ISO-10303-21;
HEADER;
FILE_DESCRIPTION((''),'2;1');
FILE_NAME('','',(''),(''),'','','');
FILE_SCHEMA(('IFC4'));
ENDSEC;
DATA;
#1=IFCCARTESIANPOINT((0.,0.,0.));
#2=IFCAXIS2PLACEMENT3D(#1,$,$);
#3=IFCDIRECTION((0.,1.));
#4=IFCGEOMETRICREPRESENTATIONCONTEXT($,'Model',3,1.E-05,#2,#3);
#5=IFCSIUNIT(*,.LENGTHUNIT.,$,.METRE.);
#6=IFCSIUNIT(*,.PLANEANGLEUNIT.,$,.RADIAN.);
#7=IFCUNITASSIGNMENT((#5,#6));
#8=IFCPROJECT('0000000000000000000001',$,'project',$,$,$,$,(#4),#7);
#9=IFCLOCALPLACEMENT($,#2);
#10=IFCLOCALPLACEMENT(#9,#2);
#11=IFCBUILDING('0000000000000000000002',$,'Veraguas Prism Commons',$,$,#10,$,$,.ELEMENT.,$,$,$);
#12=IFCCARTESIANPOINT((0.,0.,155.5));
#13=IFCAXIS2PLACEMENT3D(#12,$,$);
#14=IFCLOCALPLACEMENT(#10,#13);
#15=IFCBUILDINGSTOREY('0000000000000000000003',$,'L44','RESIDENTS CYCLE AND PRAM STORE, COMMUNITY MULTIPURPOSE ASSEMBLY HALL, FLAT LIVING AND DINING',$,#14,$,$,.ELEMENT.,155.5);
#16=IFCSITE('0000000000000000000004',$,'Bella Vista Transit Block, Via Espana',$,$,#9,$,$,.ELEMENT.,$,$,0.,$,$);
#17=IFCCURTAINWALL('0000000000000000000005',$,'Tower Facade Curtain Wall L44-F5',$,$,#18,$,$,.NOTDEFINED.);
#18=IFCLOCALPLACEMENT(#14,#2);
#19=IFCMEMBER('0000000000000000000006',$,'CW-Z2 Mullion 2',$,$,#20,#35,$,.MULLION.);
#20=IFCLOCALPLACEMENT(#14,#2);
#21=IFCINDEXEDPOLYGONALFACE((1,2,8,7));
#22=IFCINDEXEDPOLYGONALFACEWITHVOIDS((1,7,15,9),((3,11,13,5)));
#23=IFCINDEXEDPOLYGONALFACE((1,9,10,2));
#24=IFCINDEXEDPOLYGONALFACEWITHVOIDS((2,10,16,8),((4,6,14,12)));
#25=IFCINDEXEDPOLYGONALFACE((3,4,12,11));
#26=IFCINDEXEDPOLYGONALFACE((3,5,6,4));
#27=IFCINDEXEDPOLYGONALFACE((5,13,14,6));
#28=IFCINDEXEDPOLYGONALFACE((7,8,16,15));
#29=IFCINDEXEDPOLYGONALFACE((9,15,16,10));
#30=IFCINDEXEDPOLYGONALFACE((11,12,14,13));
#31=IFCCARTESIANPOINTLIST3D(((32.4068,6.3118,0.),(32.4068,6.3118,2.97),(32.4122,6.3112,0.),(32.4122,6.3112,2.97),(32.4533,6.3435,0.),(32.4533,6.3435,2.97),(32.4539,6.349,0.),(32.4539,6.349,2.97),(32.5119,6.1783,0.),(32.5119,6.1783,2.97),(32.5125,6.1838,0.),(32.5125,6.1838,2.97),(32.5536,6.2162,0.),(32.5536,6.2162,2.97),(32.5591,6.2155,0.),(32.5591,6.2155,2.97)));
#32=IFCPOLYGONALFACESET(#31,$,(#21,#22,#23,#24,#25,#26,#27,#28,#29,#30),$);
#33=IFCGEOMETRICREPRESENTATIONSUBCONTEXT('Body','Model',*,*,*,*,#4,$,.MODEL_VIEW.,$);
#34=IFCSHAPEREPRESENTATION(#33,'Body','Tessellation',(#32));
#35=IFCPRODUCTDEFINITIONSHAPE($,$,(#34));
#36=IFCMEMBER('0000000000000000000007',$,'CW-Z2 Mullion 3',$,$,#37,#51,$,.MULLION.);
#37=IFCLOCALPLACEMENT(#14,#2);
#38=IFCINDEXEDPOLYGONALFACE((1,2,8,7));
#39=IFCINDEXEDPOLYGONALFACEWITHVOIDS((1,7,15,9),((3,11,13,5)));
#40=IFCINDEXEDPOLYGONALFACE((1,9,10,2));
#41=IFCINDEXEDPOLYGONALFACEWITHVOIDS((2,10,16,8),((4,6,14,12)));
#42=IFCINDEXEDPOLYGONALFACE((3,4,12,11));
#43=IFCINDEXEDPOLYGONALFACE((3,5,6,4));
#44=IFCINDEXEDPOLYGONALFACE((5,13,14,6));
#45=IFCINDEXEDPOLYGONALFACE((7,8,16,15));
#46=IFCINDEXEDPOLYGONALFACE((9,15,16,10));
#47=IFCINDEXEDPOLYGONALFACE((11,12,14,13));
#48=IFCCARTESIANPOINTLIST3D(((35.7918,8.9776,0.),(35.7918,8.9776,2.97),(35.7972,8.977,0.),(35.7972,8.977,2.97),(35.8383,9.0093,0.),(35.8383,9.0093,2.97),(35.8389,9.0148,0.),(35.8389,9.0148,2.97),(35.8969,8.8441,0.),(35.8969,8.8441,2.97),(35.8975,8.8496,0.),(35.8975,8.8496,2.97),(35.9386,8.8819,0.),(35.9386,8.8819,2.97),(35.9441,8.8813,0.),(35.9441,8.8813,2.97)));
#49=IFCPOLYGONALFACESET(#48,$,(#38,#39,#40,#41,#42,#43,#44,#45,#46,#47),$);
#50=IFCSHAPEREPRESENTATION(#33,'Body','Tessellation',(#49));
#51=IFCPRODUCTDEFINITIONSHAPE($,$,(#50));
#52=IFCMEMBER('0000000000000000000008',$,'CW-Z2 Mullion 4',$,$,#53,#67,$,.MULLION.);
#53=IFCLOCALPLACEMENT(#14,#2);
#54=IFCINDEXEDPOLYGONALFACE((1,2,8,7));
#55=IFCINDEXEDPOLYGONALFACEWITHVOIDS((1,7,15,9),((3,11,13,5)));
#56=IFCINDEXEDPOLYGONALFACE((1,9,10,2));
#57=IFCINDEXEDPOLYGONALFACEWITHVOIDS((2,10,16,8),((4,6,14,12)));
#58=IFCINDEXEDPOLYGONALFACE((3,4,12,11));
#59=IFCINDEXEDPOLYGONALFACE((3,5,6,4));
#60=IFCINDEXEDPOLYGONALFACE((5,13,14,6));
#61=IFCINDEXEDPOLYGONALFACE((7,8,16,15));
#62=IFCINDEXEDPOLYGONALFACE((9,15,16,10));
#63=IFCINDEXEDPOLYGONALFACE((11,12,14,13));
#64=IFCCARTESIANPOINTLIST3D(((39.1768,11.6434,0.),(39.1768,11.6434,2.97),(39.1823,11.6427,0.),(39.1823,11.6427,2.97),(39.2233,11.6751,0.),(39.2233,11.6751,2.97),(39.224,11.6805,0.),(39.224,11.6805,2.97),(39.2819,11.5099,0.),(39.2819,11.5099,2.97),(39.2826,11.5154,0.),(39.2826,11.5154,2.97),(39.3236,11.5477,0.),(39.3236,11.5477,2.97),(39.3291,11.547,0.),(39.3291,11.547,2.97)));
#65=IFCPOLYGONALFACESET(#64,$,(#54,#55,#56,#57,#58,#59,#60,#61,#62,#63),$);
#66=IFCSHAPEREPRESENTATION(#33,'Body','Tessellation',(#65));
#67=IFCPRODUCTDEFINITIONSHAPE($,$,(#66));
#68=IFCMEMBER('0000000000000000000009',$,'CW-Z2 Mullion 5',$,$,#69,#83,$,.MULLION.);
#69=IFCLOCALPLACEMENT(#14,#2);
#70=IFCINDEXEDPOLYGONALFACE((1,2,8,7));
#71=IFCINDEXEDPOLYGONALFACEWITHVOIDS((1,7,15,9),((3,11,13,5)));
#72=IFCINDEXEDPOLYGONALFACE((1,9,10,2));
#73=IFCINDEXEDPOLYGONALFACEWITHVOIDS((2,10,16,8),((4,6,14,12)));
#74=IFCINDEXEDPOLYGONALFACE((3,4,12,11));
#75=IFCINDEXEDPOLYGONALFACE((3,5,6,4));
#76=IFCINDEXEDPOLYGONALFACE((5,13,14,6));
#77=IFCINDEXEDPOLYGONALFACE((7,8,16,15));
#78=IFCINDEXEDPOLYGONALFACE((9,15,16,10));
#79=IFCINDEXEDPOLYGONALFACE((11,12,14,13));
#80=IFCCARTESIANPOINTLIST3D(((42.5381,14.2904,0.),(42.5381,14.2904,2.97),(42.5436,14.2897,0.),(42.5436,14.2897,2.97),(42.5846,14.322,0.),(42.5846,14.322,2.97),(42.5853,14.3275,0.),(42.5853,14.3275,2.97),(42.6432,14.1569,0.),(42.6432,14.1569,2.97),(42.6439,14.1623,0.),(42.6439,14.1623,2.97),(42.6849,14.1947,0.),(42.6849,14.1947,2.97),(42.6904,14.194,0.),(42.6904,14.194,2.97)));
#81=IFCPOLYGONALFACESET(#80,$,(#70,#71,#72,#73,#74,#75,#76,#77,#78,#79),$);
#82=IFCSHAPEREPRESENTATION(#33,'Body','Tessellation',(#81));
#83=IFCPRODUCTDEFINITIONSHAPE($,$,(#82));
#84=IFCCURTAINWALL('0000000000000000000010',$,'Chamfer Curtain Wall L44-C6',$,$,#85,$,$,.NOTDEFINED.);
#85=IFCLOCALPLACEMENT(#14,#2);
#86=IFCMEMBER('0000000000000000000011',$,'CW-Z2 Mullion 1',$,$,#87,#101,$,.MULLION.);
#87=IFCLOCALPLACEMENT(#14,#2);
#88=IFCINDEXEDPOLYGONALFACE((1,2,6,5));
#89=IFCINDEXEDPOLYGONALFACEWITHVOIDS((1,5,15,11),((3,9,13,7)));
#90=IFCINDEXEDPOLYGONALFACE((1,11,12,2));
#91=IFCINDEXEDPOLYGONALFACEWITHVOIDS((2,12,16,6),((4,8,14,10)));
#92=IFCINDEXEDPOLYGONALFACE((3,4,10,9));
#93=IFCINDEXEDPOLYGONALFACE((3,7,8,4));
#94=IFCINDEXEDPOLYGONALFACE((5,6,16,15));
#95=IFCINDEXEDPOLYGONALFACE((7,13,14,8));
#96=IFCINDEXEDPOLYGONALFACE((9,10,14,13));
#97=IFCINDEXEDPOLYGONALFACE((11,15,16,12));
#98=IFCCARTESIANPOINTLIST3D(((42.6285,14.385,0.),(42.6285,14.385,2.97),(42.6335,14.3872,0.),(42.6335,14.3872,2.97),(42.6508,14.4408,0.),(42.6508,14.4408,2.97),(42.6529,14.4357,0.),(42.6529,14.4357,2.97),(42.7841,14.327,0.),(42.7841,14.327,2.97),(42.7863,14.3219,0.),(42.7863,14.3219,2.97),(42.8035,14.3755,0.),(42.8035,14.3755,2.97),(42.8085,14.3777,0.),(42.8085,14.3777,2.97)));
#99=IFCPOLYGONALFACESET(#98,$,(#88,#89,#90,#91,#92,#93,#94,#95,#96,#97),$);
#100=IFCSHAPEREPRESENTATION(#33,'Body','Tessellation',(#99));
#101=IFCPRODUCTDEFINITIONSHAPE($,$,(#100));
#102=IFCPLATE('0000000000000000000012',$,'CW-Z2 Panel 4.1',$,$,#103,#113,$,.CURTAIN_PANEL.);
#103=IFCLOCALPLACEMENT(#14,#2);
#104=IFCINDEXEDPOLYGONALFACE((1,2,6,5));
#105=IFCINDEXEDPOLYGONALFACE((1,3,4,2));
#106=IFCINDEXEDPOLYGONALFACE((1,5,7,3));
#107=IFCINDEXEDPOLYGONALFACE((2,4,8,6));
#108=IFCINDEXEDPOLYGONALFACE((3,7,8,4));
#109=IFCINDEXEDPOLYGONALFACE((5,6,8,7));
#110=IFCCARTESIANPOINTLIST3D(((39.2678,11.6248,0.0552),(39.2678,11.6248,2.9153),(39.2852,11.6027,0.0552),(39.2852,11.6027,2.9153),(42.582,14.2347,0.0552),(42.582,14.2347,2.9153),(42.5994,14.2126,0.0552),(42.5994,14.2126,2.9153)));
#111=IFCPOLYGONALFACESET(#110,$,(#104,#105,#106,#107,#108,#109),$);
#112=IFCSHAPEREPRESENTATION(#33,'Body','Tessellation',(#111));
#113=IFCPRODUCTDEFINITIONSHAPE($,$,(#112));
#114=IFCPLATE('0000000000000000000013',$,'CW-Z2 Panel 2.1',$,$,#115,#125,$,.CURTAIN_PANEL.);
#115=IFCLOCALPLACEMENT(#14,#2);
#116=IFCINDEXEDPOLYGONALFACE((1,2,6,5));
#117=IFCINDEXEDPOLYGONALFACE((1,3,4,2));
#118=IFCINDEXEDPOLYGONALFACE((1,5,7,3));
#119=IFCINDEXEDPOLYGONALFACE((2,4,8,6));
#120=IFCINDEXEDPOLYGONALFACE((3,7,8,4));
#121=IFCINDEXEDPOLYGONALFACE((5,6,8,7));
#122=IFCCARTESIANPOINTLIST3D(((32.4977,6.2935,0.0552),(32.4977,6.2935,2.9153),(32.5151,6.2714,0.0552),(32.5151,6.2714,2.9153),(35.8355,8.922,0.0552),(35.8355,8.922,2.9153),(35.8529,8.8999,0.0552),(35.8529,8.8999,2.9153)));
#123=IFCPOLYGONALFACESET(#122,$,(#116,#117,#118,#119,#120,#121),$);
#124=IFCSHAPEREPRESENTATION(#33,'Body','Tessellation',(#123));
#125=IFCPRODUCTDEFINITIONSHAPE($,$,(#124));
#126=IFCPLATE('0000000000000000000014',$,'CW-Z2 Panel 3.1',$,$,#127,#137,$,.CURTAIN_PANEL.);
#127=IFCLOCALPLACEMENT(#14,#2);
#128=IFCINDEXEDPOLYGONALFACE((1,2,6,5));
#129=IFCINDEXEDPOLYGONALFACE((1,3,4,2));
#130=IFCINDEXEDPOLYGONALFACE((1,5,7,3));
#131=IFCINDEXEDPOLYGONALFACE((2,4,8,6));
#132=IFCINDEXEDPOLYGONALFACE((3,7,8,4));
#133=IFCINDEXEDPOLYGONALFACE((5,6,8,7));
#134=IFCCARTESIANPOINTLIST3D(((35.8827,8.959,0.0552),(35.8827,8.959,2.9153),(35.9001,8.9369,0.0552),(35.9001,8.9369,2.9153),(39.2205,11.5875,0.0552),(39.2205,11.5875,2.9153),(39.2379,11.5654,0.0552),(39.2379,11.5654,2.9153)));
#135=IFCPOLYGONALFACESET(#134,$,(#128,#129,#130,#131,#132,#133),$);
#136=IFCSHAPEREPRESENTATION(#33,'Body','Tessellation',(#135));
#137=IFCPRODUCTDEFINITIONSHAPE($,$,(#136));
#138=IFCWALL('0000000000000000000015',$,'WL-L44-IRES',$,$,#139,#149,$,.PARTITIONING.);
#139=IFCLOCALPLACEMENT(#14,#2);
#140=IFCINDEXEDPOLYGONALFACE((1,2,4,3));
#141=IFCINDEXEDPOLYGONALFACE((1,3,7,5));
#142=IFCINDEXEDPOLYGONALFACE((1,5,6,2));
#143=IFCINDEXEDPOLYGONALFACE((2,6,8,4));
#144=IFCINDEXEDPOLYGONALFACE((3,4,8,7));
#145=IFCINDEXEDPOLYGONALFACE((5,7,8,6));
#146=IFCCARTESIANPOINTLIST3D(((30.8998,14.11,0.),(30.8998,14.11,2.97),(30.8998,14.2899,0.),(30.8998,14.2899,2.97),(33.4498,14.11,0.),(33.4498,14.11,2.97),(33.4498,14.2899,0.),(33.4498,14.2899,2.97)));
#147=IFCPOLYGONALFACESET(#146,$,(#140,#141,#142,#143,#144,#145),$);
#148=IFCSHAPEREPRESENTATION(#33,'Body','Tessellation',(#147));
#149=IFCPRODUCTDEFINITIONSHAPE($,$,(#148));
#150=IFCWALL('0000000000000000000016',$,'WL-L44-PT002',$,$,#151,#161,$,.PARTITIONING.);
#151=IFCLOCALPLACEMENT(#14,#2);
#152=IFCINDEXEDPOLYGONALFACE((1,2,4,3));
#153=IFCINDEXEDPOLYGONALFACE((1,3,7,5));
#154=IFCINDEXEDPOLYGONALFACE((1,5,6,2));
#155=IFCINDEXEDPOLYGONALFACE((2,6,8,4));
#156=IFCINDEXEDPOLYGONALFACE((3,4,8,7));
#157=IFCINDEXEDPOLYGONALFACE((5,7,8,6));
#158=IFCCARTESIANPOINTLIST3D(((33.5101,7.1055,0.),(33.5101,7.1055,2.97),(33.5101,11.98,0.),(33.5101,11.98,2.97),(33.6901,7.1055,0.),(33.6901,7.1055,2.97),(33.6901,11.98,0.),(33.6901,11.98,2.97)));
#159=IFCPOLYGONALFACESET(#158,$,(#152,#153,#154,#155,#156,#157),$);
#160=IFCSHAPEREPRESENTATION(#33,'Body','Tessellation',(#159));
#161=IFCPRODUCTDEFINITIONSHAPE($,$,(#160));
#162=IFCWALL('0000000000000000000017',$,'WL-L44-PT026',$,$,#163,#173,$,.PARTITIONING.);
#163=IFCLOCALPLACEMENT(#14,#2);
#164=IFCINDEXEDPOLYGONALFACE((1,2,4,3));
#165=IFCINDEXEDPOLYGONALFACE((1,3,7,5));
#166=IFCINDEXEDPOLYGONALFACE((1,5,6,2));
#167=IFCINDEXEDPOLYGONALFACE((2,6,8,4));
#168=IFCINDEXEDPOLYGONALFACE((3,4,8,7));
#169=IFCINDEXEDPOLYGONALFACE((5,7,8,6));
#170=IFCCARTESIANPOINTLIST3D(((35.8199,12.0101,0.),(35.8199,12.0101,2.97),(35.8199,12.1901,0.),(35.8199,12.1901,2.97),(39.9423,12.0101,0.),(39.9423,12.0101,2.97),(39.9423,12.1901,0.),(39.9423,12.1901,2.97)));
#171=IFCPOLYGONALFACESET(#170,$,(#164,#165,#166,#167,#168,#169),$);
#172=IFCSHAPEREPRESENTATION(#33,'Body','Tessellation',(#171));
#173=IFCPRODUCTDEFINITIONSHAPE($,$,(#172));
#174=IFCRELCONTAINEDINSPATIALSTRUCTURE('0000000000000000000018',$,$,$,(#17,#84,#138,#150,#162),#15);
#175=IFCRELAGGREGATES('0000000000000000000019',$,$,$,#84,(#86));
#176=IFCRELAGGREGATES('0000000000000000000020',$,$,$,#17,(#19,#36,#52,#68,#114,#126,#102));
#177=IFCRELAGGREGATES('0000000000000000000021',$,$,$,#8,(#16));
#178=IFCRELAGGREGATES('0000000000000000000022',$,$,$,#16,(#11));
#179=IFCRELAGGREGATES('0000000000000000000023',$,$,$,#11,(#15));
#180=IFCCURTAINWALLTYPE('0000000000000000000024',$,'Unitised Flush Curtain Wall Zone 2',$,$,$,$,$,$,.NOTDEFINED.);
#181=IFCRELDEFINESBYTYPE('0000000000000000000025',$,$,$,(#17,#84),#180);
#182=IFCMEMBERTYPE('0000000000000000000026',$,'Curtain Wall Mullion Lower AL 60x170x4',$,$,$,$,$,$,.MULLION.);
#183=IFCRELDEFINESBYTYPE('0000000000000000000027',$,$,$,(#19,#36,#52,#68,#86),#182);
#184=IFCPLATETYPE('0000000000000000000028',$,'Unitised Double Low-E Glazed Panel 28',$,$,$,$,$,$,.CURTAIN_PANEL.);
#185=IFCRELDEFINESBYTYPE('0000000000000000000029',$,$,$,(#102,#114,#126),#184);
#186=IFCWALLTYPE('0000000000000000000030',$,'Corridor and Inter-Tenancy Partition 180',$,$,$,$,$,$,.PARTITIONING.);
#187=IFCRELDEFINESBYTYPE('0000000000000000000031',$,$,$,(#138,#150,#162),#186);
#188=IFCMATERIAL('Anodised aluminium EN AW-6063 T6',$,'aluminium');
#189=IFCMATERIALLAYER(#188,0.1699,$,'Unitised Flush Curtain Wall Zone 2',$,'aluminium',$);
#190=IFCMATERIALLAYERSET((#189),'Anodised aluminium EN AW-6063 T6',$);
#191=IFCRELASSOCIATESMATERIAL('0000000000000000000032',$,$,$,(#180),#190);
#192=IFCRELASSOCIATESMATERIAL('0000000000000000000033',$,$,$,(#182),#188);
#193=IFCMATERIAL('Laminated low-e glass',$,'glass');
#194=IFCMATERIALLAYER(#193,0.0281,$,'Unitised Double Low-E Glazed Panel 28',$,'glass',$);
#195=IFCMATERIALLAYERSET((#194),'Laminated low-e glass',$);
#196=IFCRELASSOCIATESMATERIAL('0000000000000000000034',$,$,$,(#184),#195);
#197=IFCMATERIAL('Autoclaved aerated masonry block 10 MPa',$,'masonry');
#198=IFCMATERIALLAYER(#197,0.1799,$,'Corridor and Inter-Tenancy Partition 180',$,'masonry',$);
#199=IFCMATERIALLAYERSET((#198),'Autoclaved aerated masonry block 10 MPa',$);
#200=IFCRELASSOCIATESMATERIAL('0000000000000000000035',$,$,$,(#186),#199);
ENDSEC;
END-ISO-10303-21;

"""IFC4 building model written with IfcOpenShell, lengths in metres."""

from ifc_helpers import new_model, si_unit, direction, frame, frame_2d, origin, origin_2d, place, context, subcontext, project, spatial, rectangle, hollow_rectangle, extrude, source, transform, mapped, material, layer, layer_set, material_profile, profile_set, type_object, element, aggregate, save


model = new_model("IFC4")

# Units and contexts
model_context = context("Model", 3, precision=1e-05, world=origin(), true_north=direction((0.0, 1.0)))
body_context = subcontext(model_context, "Body", "Model", "MODEL_VIEW")
ifc_project = project(units=[si_unit("LENGTHUNIT", "METRE"), si_unit("PLANEANGLEUNIT", "RADIAN")], contexts=[model_context])

# Site, building, storey
site_placement = place(None, origin())
site = spatial("IfcSite", under=ifc_project, at=site_placement, Name="Bella Vista Transit Block, Via Espana", CompositionType="ELEMENT", RefElevation=0.0)
building_placement = place(site_placement, origin())
building = spatial("IfcBuilding", under=site, at=building_placement, Name="Veraguas Prism Commons", CompositionType="ELEMENT")
storey_placement = place(building_placement, frame((0.0, 0.0, 155.5)))
storey = spatial("IfcBuildingStorey", under=building, at=storey_placement, Name="L44", Description="RESIDENTS CYCLE AND PRAM STORE, COMMUNITY MULTIPURPOSE ASSEMBLY HALL, FLAT LIVING AND DINING", CompositionType="ELEMENT", Elevation=155.5)

# Curtain wall, members
ifc_material_1 = material(Name="Anodised aluminium EN AW-6063 T6", Category="aluminium")
ifc_layer_1 = layer(ifc_material_1, 0.1699, Name="Unitised Flush Curtain Wall Zone 2", Category="aluminium")
ifc_layer_set_1 = layer_set([ifc_layer_1], Name="Anodised aluminium EN AW-6063 T6")
curtain_wall_type = type_object("IfcCurtainWallType", Name="Unitised Flush Curtain Wall Zone 2", PredefinedType="NOTDEFINED", material=ifc_layer_set_1)
curtain_wall_1_placement = place(storey_placement, origin())
curtain_wall_1 = element("IfcCurtainWall", 1, at=curtain_wall_1_placement, inside=storey, type_object=curtain_wall_type, Name="Tower Facade Curtain Wall L44-F5", PredefinedType="NOTDEFINED")
ifc_material_profile_1 = material_profile(ifc_material_1, hollow_rectangle(XDim=0.0601, YDim=0.1699, WallThickness=0.0039, at=origin_2d()), Name="AL60X170X4")
ifc_profile_set_1 = profile_set([ifc_material_profile_1], Name="Anodised aluminium EN AW-6063 T6")
member_type = type_object("IfcMemberType", Name="Curtain Wall Mullion Lower AL 60x170x4", PredefinedType="MULLION", material=ifc_profile_set_1)
shared_shape_1 = source(origin(), body_context, "Body", "SweptSolid", [
    extrude(hollow_rectangle(XDim=0.0601, YDim=0.1699, WallThickness=0.0039, at=origin_2d()), origin(), (0.0, 0.0, 1.0), 2.97),
])
member_1_placement = place(storey_placement, frame((32.4829, 6.2637, 0.0), z_axis=(0.0, 0.0, 1.0), x_axis=(0.78564, 0.618684, 0.0)))
member_1 = element("IfcMember", 2, at=member_1_placement, type_object=member_type, Name="CW-Z2 Mullion 2", PredefinedType="MULLION", context=body_context, shape_type="MappedRepresentation", body=[
    mapped(shared_shape_1, transform((0.0, 0.0, 0.0), scale=1.0)),
])
member_2_placement = place(storey_placement, frame((35.8679, 8.9294, 0.0), z_axis=(0.0, 0.0, 1.0), x_axis=(0.78564, 0.618684, 0.0)))
member_2 = element("IfcMember", 3, at=member_2_placement, type_object=member_type, Name="CW-Z2 Mullion 3", PredefinedType="MULLION", context=body_context, shape_type="MappedRepresentation", body=[
    mapped(shared_shape_1, transform((0.0, 0.0, 0.0), scale=1.0)),
])
member_3_placement = place(storey_placement, frame((39.2529, 11.5952, 0.0), z_axis=(0.0, 0.0, 1.0), x_axis=(0.78564, 0.618684, 0.0)))
member_3 = element("IfcMember", 4, at=member_3_placement, type_object=member_type, Name="CW-Z2 Mullion 4", PredefinedType="MULLION", context=body_context, shape_type="MappedRepresentation", body=[
    mapped(shared_shape_1, transform((0.0, 0.0, 0.0), scale=1.0)),
])
member_4_placement = place(storey_placement, frame((42.6143, 14.2422, 0.0), z_axis=(0.0, 0.0, 1.0), x_axis=(0.78564, 0.618684, 0.0)))
member_4 = element("IfcMember", 5, at=member_4_placement, type_object=member_type, Name="CW-Z2 Mullion 5", PredefinedType="MULLION", context=body_context, shape_type="MappedRepresentation", body=[
    mapped(shared_shape_1, transform((0.0, 0.0, 0.0), scale=1.0)),
])

# Curtain wall, member
curtain_wall_2_placement = place(storey_placement, origin())
curtain_wall_2 = element("IfcCurtainWall", 6, at=curtain_wall_2_placement, inside=storey, type_object=curtain_wall_type, Name="Chamfer Curtain Wall L44-C6", PredefinedType="NOTDEFINED")
member_5_placement = place(storey_placement, frame((42.7185, 14.3813, 0.0), z_axis=(0.0, 0.0, 1.0), x_axis=(0.371023, 0.928624, 0.0)))
member_5 = element("IfcMember", 7, at=member_5_placement, type_object=member_type, Name="CW-Z2 Mullion 1", PredefinedType="MULLION", context=body_context, shape_type="MappedRepresentation", body=[
    mapped(shared_shape_1, transform((0.0, 0.0, 0.0), scale=1.0)),
])
aggregate(curtain_wall_2, [member_5])

# Plates
ifc_material_2 = material(Name="Laminated low-e glass", Category="glass")
ifc_layer_2 = layer(ifc_material_2, 0.0281, Name="Unitised Double Low-E Glazed Panel 28", Category="glass")
ifc_layer_set_2 = layer_set([ifc_layer_2], Name="Laminated low-e glass")
plate_type = type_object("IfcPlateType", Name="Unitised Double Low-E Glazed Panel 28", PredefinedType="CURTAIN_PANEL", material=ifc_layer_set_2)
shared_shape_2 = source(origin(), body_context, "Body", "SweptSolid", [
    extrude(rectangle(XDim=4.2185, YDim=0.0281, at=origin_2d()), origin(), (0.0, 0.0, 1.0), 2.8601),
])
plate_1_placement = place(storey_placement, frame((40.9336, 12.9187, 0.0552), z_axis=(0.0, 0.0, 1.0), x_axis=(0.78564, 0.618684, 0.0)))
plate_1 = element("IfcPlate", 8, at=plate_1_placement, type_object=plate_type, Name="CW-Z2 Panel 4.1", PredefinedType="CURTAIN_PANEL", context=body_context, shape_type="MappedRepresentation", body=[
    mapped(shared_shape_2, transform((0.0, 0.0, 0.0), scale=1.0)),
])
shared_shape_3 = source(origin(), body_context, "Body", "SweptSolid", [
    extrude(rectangle(XDim=4.2485, YDim=0.0281, at=origin_2d()), origin(), (0.0, 0.0, 1.0), 2.8601),
])
plate_2_placement = place(storey_placement, frame((34.1753, 7.5967, 0.0552), z_axis=(0.0, 0.0, 1.0), x_axis=(0.78564, 0.618684, 0.0)))
plate_2 = element("IfcPlate", 9, at=plate_2_placement, type_object=plate_type, Name="CW-Z2 Panel 2.1", PredefinedType="CURTAIN_PANEL", context=body_context, shape_type="MappedRepresentation", body=[
    mapped(shared_shape_3, transform((0.0, 0.0, 0.0), scale=1.0)),
])
plate_3_placement = place(storey_placement, frame((37.5603, 10.2622, 0.0552), z_axis=(0.0, 0.0, 1.0), x_axis=(0.78564, 0.618684, 0.0)))
plate_3 = element("IfcPlate", 10, at=plate_3_placement, type_object=plate_type, Name="CW-Z2 Panel 3.1", PredefinedType="CURTAIN_PANEL", context=body_context, shape_type="MappedRepresentation", body=[
    mapped(shared_shape_3, transform((0.0, 0.0, 0.0), scale=1.0)),
])
aggregate(curtain_wall_1, [member_1, member_2, member_3, member_4, plate_2, plate_3, plate_1])

# Walls
ifc_material_3 = material(Name="Autoclaved aerated masonry block 10 MPa", Category="masonry")
ifc_layer_3 = layer(ifc_material_3, 0.1799, Name="Corridor and Inter-Tenancy Partition 180", Category="masonry")
ifc_layer_set_3 = layer_set([ifc_layer_3], Name="Autoclaved aerated masonry block 10 MPa")
wall_type_1 = type_object("IfcWallType", Name="Corridor and Inter-Tenancy Partition 180", PredefinedType="PARTITIONING", material=ifc_layer_set_3)
wall_1_placement = place(storey_placement, frame((30.8999, 14.2, 0.0), z_axis=(0.0, 0.0, 1.0), x_axis=(1.0, 0.0, 0.0)))
element("IfcWall", 11, at=wall_1_placement, inside=storey, type_object=wall_type_1, Name="WL-L44-IRES", PredefinedType="PARTITIONING", context=body_context, shape_type="SweptSolid", body=[
    extrude(rectangle(XDim=2.55, YDim=0.1799, at=frame_2d((1.2749, 0.0))), origin(), (0.0, 0.0, 1.0), 2.97),
])
wall_2_placement = place(storey_placement, frame((33.6001, 11.98, 0.0), z_axis=(0.0, 0.0, 1.0), x_axis=(0.0, -1.0, 0.0)))
element("IfcWall", 12, at=wall_2_placement, inside=storey, type_object=wall_type_1, Name="WL-L44-PT002", PredefinedType="PARTITIONING", context=body_context, shape_type="SweptSolid", body=[
    extrude(rectangle(XDim=4.8745, YDim=0.1799, at=frame_2d((2.4373, 0.0))), origin(), (0.0, 0.0, 1.0), 2.97),
])
wall_3_placement = place(storey_placement, frame((35.8201, 12.1001, 0.0), z_axis=(0.0, 0.0, 1.0), x_axis=(1.0, 0.0, 0.0)))
element("IfcWall", 13, at=wall_3_placement, inside=storey, type_object=wall_type_1, Name="WL-L44-PT026", PredefinedType="PARTITIONING", context=body_context, shape_type="SweptSolid", body=[
    extrude(rectangle(XDim=4.1223, YDim=0.1799, at=frame_2d((2.061, 0.0))), origin(), (0.0, 0.0, 1.0), 2.97),
])

save(model, "model.ifc")
